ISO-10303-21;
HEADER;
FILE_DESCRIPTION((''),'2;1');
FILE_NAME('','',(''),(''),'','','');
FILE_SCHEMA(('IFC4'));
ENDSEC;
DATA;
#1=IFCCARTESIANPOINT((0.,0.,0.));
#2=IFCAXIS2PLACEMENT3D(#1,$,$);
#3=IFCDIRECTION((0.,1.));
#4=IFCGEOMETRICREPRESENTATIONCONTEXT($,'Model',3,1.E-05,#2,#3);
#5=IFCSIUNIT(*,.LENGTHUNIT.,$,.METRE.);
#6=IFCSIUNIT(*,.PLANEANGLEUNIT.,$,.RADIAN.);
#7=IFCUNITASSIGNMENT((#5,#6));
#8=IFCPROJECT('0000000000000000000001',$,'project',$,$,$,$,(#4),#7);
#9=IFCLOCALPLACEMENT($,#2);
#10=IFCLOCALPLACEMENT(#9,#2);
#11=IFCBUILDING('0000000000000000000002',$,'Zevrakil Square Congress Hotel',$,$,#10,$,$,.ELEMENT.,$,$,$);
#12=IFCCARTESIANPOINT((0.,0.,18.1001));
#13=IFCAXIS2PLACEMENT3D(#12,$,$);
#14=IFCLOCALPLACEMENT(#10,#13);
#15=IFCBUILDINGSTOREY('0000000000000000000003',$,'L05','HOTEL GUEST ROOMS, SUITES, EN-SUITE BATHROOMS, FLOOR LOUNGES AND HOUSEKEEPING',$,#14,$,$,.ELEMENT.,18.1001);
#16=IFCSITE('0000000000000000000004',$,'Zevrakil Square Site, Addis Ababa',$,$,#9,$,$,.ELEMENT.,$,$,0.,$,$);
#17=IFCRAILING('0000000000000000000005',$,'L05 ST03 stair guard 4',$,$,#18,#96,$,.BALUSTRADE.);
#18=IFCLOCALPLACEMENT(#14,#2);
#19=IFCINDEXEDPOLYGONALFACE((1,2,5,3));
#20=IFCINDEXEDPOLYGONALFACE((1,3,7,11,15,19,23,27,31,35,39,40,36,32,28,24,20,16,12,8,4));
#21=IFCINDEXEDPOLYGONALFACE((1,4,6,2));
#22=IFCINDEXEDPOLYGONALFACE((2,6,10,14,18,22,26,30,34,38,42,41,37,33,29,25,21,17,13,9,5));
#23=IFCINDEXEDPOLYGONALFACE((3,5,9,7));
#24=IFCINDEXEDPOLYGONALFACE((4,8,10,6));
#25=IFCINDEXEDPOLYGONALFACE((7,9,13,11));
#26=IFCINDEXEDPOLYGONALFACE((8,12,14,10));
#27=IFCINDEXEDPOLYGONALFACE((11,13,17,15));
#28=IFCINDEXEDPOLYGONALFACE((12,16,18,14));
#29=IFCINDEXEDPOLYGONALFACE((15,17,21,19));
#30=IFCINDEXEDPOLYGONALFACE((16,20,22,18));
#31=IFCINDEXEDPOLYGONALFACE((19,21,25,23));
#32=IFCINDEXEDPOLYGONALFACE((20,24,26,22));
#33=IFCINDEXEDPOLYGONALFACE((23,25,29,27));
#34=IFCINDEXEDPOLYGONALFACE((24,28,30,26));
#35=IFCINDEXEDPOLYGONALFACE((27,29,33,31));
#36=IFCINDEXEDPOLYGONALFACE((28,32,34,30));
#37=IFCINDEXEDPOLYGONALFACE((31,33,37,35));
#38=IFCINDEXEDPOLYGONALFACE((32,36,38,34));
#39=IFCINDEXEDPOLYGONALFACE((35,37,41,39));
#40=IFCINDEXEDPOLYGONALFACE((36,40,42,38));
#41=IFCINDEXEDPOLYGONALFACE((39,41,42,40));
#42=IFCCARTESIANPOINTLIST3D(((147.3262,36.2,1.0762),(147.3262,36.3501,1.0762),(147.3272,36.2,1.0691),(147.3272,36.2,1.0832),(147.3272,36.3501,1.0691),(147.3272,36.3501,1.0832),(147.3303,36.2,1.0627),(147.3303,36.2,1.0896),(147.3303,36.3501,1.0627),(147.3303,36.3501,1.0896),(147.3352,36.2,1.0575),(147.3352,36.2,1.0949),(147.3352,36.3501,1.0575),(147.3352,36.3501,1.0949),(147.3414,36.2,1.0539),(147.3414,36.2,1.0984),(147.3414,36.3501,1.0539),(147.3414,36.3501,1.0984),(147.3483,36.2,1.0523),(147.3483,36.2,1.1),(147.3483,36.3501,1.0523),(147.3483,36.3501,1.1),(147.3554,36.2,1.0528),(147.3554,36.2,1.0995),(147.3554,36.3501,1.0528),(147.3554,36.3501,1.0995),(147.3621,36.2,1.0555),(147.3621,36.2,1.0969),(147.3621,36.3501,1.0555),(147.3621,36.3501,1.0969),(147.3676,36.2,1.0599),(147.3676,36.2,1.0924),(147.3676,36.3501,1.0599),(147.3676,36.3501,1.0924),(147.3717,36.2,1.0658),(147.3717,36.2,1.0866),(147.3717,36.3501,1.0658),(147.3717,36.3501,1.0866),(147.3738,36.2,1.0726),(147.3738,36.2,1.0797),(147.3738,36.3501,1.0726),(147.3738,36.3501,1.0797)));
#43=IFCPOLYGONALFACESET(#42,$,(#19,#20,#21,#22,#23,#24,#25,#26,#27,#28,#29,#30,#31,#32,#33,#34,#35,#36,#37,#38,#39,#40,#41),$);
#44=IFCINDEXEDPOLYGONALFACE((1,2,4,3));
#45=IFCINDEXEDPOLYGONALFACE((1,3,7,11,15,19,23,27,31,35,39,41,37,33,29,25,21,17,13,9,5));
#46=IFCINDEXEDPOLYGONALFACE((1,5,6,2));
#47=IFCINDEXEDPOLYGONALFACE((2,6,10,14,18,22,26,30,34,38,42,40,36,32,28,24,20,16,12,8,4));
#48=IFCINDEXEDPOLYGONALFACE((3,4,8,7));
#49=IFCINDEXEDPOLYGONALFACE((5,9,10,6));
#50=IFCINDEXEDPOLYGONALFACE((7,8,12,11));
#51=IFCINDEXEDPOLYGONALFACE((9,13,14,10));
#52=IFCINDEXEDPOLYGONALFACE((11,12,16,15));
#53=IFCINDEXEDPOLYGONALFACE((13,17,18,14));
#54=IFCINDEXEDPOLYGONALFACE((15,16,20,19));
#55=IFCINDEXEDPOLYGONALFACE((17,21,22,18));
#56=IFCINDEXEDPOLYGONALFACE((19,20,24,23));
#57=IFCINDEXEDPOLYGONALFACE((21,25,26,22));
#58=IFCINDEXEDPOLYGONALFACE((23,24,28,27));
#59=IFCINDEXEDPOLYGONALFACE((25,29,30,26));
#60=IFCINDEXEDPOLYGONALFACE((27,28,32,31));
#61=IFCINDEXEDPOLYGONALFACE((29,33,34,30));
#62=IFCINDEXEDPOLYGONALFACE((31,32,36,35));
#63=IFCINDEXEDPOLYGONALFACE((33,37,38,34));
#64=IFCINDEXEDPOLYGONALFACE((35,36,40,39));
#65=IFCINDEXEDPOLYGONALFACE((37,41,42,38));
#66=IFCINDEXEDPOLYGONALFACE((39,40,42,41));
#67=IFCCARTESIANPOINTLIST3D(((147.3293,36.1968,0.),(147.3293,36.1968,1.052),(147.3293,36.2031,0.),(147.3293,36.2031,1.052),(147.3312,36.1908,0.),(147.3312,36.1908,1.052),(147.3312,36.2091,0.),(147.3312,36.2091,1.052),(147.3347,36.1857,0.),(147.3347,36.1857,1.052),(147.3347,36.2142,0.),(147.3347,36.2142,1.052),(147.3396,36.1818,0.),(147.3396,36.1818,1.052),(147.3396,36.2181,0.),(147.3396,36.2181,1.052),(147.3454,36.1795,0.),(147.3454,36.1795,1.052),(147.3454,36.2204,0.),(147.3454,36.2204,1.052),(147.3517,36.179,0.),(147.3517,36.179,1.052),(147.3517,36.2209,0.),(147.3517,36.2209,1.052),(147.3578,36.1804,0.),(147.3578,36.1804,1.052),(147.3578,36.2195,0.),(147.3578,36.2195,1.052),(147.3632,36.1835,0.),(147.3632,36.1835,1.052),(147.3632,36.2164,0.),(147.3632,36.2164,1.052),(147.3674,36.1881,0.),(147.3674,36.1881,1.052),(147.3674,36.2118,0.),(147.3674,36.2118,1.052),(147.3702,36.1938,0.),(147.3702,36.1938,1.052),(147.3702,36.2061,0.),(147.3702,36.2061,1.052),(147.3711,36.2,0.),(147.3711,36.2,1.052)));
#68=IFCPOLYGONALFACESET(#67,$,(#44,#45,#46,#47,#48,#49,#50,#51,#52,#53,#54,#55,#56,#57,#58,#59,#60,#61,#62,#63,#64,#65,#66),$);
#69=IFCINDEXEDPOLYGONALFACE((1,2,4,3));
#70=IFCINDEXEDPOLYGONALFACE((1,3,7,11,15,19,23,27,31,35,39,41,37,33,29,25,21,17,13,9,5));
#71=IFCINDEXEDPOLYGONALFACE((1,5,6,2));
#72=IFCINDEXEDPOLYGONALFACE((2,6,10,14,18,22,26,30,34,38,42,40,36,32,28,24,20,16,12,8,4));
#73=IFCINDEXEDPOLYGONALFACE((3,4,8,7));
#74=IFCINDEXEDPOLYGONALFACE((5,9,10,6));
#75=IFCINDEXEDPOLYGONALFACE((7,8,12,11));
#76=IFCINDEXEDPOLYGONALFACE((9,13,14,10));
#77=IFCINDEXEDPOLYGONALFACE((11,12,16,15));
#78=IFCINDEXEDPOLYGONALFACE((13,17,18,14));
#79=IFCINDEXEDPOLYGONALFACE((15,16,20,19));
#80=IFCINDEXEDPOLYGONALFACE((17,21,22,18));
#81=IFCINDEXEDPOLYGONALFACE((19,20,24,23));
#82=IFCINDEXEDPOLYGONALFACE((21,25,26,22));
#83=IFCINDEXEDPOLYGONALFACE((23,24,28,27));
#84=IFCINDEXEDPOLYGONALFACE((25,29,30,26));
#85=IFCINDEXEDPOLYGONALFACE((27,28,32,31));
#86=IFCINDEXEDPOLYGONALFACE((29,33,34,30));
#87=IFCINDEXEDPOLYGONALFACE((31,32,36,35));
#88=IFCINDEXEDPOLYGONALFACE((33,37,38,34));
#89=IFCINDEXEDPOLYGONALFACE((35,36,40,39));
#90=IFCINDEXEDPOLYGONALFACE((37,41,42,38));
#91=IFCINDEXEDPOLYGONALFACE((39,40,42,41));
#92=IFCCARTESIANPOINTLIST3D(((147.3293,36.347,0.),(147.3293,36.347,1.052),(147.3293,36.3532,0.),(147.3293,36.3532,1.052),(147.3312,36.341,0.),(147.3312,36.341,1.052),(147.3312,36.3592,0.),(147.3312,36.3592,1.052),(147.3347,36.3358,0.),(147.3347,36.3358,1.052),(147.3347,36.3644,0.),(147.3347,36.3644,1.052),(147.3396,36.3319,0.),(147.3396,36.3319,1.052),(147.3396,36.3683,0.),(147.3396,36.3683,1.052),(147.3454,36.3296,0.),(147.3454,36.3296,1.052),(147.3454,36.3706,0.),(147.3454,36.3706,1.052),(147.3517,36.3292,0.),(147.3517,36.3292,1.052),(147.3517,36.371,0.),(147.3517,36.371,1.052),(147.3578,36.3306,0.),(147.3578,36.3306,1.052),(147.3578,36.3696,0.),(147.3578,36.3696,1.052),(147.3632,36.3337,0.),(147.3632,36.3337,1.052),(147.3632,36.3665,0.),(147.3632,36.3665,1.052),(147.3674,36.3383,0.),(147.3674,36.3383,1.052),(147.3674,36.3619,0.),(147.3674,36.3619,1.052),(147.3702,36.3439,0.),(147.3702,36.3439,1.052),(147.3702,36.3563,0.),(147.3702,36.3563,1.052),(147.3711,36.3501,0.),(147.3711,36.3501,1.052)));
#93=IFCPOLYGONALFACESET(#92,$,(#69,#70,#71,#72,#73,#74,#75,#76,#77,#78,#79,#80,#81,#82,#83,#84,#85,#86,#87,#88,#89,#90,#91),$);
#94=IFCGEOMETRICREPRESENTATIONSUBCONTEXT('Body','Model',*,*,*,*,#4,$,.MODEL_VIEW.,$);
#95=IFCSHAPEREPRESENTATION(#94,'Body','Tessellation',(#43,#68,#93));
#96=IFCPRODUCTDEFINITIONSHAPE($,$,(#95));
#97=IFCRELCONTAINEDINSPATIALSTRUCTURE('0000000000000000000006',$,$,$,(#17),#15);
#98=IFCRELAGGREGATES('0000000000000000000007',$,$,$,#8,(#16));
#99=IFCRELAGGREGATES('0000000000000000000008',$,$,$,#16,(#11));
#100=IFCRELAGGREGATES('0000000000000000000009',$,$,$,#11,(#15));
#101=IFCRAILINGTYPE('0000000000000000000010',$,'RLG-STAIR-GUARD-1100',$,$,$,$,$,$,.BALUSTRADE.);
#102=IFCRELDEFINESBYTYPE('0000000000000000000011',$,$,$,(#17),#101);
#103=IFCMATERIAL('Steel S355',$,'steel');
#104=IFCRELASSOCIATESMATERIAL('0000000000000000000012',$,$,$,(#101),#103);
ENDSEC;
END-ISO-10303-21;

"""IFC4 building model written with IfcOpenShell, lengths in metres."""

from ifc_helpers import new_model, si_unit, direction, frame, origin, origin_2d, place, context, subcontext, project, spatial, circle, extrude, material, type_object, element, save


model = new_model("IFC4")

# Units and contexts
model_context = context("Model", 3, precision=1e-05, world=origin(), true_north=direction((0.0, 1.0)))
body_context = subcontext(model_context, "Body", "Model", "MODEL_VIEW")
ifc_project = project(units=[si_unit("LENGTHUNIT", "METRE"), si_unit("PLANEANGLEUNIT", "RADIAN")], contexts=[model_context])

# Site, building, storey
site_placement = place(None, origin())
site = spatial("IfcSite", under=ifc_project, at=site_placement, Name="Zevrakil Square Site, Addis Ababa", CompositionType="ELEMENT", RefElevation=0.0)
building_placement = place(site_placement, origin())
building = spatial("IfcBuilding", under=site, at=building_placement, Name="Zevrakil Square Congress Hotel", CompositionType="ELEMENT")
storey_placement = place(building_placement, frame((0.0, 0.0, 18.1001)))
storey = spatial("IfcBuildingStorey", under=building, at=storey_placement, Name="L05", Description="HOTEL GUEST ROOMS, SUITES, EN-SUITE BATHROOMS, FLOOR LOUNGES AND HOUSEKEEPING", CompositionType="ELEMENT", Elevation=18.1001)

# Railing
ifc_material_1 = material(Name="Steel S355", Category="steel")
railing_type_1 = type_object("IfcRailingType", Name="RLG-STAIR-GUARD-1100", PredefinedType="BALUSTRADE", material=ifc_material_1)
railing_1_placement = place(storey_placement, frame((147.3501, 36.2, 0.0)))
element("IfcRailing", 1, at=railing_1_placement, inside=storey, type_object=railing_type_1, Name="L05 ST03 stair guard 4", PredefinedType="BALUSTRADE", context=body_context, shape_type="SweptSolid", body=[
    extrude(circle(Radius=0.0239, at=origin_2d()), frame((0.0, 0.0, 1.0762), z_axis=(0.0, 1.0, 0.0), x_axis=(-1.0, 0.0, 0.0)), (0.0, 0.0, 1.0), 0.1501),
    extrude(circle(Radius=0.021, at=origin_2d()), origin(), (0.0, 0.0, 1.0), 1.052),
    extrude(circle(Radius=0.021, at=origin_2d()), frame((0.0, 0.1501, 0.0)), (0.0, 0.0, 1.0), 1.052),
])

save(model, "model.ifc")
